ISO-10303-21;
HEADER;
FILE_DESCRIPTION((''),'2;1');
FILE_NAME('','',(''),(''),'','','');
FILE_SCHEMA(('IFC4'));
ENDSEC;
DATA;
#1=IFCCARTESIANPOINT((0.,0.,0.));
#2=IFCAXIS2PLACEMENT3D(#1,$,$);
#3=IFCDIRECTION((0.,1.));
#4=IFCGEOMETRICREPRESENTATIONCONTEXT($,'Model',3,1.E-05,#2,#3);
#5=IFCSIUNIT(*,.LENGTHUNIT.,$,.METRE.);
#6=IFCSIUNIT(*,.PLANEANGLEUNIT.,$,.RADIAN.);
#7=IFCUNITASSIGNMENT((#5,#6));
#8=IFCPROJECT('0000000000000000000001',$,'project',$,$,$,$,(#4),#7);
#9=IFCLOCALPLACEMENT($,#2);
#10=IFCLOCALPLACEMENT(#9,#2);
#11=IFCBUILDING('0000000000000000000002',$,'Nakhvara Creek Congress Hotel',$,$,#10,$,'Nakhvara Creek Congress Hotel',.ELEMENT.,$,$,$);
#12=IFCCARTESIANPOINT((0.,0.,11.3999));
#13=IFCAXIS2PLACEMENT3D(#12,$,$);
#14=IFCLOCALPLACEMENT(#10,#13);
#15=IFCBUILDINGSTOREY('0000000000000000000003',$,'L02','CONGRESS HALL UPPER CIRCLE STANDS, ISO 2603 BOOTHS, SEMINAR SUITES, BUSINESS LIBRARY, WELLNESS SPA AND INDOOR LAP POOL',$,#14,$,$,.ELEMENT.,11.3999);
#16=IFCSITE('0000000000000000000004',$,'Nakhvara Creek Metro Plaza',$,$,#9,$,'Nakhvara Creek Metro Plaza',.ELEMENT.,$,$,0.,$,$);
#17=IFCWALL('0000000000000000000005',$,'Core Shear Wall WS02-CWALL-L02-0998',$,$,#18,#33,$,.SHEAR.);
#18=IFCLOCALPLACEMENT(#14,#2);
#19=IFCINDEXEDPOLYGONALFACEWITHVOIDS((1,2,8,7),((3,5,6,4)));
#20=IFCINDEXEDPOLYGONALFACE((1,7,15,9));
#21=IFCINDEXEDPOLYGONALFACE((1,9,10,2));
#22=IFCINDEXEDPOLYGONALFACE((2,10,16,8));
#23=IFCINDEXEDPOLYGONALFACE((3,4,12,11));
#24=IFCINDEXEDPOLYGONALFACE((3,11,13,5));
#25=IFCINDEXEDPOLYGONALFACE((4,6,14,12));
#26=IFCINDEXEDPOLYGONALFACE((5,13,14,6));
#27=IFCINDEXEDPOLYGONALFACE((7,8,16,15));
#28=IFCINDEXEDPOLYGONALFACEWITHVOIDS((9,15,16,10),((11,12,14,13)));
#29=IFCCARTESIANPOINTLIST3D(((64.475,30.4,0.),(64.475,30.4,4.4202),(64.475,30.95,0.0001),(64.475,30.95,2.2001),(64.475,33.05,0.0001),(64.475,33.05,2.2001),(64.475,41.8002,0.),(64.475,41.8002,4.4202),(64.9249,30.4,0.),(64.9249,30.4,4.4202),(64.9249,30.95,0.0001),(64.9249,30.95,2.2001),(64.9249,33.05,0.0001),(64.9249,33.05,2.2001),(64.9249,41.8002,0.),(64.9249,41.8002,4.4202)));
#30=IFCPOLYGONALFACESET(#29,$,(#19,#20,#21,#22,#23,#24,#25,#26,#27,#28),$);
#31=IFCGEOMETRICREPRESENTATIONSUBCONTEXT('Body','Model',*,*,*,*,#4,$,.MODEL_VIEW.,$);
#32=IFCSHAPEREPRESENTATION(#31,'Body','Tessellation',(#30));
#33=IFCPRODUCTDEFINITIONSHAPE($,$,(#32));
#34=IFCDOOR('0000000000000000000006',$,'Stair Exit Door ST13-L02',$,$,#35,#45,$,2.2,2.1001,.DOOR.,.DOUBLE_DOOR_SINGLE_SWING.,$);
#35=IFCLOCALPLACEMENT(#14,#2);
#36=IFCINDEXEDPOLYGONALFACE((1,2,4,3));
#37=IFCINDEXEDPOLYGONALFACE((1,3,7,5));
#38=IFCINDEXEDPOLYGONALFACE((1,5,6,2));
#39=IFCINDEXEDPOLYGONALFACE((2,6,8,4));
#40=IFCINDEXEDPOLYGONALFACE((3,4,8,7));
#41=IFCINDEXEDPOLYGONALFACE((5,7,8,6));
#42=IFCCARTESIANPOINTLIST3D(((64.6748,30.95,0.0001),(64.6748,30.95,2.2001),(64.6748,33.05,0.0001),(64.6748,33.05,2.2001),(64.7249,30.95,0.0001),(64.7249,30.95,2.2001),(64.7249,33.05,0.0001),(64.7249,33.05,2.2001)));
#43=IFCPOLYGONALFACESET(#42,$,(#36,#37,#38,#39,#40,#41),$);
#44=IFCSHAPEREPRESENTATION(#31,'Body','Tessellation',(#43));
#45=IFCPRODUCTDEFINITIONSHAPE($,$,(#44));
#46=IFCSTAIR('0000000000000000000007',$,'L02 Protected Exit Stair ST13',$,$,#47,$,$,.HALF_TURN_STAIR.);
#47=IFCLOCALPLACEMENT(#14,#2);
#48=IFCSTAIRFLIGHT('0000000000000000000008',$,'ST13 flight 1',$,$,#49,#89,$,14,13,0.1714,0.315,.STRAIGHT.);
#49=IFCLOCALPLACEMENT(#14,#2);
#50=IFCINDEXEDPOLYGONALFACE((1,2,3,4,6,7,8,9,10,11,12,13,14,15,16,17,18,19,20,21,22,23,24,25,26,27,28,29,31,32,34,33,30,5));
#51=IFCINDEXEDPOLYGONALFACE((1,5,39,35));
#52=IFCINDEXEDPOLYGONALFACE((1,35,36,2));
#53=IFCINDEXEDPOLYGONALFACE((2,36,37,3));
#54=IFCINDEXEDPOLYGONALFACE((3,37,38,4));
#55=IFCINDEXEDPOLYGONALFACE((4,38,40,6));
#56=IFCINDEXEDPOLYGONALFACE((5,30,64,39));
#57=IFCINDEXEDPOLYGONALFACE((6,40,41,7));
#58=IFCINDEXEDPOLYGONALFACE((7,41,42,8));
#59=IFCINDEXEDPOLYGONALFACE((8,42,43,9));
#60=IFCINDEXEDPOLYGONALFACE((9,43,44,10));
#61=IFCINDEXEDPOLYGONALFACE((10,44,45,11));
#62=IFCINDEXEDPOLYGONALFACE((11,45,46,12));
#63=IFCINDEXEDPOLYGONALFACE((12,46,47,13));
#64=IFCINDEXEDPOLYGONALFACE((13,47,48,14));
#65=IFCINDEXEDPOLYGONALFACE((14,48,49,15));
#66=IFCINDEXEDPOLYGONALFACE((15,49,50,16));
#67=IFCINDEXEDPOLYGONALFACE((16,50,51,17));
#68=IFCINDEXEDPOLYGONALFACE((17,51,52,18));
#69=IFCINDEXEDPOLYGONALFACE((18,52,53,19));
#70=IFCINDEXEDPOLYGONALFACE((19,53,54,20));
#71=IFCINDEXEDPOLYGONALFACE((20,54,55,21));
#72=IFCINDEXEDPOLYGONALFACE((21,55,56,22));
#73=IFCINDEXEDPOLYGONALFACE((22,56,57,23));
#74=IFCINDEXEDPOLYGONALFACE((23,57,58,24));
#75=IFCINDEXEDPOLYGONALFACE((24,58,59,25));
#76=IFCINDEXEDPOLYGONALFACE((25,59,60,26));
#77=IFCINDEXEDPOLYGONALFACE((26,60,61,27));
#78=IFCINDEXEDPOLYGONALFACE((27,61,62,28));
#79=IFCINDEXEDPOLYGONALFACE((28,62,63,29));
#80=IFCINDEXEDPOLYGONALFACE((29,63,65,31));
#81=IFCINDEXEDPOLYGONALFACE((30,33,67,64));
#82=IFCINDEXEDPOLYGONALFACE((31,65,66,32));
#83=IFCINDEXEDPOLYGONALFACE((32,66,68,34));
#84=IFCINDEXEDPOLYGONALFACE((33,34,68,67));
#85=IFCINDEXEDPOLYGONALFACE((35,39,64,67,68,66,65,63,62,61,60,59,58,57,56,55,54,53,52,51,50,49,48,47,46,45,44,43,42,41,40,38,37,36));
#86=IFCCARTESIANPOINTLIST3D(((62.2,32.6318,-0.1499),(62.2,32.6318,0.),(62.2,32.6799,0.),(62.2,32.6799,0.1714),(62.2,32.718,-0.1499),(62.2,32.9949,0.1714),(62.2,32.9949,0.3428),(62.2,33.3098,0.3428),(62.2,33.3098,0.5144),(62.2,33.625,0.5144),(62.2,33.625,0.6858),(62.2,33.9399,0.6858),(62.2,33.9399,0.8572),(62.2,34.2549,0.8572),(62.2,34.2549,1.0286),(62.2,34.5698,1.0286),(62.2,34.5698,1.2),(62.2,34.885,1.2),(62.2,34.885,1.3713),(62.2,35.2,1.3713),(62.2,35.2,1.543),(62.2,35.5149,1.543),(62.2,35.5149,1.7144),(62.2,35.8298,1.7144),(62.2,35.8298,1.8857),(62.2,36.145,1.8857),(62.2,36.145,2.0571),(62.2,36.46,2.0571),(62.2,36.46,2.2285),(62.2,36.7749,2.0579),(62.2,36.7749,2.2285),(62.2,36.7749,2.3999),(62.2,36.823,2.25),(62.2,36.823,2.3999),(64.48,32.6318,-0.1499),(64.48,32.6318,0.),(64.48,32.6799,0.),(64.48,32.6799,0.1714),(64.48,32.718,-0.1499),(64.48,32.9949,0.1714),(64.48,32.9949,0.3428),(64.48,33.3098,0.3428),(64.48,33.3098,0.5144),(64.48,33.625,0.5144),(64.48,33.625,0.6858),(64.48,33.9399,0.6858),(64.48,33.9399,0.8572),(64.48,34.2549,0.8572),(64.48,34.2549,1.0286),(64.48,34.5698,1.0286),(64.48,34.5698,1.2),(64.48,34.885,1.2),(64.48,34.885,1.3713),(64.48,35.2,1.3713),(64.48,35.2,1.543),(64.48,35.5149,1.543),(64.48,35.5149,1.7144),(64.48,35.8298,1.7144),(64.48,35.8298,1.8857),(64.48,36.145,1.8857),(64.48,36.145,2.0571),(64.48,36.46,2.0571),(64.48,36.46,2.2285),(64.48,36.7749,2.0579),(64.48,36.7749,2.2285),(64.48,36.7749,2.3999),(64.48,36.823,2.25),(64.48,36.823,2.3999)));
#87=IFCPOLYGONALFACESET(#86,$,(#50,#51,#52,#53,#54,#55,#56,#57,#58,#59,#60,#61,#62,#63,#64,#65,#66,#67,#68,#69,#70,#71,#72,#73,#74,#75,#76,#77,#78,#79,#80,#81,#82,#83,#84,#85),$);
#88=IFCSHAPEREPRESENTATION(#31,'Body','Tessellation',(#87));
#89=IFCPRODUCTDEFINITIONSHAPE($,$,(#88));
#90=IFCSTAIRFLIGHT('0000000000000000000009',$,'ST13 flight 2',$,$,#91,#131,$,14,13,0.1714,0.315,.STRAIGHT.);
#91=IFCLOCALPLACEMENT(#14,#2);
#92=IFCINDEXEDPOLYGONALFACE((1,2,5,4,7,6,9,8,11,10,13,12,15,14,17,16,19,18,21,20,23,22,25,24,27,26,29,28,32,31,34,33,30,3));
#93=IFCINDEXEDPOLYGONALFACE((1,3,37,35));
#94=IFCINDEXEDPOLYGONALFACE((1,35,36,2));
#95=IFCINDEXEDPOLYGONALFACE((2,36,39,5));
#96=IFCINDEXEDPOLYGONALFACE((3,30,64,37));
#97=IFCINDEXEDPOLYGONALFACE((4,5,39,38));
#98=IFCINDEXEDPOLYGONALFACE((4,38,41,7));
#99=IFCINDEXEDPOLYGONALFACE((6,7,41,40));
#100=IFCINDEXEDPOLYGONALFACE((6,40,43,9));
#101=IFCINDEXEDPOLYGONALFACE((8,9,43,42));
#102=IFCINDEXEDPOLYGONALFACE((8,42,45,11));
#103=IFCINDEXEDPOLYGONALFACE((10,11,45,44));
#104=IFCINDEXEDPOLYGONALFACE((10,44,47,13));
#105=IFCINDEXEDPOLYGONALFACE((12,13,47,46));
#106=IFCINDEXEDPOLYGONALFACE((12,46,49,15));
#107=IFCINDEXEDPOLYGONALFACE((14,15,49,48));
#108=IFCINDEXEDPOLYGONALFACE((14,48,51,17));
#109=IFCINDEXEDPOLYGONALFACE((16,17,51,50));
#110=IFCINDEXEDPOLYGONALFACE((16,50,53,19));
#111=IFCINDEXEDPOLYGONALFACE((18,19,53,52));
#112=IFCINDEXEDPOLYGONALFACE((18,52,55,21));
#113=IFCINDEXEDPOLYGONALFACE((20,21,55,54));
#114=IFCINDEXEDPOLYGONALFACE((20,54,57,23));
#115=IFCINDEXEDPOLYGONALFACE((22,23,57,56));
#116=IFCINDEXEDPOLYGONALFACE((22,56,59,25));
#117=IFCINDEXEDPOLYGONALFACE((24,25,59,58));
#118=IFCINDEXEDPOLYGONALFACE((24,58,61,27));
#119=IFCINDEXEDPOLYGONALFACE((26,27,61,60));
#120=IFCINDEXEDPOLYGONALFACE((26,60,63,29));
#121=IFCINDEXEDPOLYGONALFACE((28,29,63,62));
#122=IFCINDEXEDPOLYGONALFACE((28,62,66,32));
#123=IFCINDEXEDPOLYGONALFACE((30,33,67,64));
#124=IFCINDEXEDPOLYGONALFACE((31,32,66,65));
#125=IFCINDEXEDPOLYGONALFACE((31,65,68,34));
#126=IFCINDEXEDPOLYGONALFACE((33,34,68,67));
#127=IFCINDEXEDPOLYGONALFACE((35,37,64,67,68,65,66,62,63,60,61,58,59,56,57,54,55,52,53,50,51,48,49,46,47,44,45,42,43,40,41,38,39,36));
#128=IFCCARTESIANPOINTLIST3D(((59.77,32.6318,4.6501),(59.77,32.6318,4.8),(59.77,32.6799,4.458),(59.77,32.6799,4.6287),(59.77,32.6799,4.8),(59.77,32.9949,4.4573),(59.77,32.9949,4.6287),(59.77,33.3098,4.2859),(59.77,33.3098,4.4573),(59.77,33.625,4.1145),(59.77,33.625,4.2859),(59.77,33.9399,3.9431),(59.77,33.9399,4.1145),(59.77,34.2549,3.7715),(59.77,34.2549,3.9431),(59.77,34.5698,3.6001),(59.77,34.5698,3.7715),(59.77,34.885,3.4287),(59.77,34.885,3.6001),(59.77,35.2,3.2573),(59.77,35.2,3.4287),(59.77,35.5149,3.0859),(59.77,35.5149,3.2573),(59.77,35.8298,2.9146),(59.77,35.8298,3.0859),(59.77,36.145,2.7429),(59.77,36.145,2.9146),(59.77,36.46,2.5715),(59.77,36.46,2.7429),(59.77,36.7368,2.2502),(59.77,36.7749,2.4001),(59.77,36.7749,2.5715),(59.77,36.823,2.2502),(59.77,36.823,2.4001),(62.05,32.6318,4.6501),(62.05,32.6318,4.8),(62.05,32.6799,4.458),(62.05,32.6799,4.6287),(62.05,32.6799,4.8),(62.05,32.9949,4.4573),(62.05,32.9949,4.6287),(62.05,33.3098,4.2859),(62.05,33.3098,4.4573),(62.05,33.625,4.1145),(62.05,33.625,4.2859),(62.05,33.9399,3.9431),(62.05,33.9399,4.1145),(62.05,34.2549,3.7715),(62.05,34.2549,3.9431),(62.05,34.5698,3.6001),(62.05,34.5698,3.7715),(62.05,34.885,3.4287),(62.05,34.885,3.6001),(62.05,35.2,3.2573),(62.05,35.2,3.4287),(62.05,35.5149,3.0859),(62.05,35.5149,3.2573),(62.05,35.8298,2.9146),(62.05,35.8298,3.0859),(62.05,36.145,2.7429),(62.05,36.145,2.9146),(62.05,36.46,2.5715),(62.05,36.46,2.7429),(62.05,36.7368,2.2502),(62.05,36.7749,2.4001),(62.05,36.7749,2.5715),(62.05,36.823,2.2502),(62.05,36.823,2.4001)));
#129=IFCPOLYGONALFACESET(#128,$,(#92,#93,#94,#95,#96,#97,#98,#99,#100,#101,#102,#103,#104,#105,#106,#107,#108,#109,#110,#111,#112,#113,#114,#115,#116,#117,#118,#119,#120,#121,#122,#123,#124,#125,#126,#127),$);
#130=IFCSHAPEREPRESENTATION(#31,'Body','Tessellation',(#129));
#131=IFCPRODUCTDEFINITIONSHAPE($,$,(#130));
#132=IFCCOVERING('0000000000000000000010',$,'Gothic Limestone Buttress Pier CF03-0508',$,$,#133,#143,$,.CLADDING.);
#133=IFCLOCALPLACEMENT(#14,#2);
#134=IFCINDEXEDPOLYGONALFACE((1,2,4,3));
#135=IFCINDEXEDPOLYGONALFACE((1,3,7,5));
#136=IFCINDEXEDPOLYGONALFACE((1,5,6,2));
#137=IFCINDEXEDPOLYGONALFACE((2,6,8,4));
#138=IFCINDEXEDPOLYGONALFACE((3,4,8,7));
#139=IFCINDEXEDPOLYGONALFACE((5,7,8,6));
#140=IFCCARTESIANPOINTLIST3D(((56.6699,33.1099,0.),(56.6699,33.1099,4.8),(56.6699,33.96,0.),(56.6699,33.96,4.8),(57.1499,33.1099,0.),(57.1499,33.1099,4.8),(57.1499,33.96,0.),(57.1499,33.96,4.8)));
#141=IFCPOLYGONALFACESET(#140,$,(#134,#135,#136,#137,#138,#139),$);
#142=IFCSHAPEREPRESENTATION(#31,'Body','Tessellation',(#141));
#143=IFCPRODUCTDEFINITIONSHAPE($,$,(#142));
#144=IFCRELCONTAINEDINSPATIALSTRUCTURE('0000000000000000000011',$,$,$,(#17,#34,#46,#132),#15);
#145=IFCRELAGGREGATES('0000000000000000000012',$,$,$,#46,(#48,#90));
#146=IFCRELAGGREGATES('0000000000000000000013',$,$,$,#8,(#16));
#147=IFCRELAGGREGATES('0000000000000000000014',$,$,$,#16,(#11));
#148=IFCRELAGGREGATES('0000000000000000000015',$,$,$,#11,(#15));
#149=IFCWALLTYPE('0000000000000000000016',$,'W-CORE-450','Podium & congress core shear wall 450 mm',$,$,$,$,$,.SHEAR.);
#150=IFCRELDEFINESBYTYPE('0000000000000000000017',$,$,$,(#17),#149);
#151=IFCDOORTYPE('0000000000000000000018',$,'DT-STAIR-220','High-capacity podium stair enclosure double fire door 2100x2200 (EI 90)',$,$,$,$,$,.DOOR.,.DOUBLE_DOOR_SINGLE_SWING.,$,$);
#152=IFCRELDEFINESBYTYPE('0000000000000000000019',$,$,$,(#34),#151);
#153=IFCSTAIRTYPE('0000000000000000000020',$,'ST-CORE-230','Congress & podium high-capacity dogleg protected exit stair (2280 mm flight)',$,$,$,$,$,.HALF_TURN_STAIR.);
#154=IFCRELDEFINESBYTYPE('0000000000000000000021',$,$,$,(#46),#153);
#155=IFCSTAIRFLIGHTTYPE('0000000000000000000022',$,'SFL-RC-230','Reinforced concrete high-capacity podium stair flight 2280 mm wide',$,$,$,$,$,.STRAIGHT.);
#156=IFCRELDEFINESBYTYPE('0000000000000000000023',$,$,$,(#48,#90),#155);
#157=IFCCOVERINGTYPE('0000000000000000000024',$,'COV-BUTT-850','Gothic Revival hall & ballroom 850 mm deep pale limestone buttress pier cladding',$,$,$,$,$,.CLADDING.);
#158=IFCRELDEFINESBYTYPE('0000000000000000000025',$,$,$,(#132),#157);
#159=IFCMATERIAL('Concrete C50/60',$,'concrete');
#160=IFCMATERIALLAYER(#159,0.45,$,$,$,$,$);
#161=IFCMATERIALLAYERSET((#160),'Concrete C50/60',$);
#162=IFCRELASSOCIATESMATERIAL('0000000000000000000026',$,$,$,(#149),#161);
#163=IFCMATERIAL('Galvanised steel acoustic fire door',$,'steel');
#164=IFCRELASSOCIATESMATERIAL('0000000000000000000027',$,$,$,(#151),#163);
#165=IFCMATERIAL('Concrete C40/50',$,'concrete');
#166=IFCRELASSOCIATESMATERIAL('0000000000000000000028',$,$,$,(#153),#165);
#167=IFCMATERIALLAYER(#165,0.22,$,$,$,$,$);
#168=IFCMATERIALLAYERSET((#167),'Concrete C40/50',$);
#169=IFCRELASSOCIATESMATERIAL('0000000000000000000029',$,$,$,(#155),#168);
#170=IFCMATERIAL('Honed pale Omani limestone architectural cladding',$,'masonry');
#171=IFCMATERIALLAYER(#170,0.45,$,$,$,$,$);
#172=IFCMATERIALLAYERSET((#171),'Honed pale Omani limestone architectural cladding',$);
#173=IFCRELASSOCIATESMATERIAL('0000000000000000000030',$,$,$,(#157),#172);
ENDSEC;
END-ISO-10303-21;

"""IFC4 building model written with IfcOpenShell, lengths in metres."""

from ifc_helpers import new_model, si_unit, direction, frame, frame_2d, origin, origin_2d, place, context, subcontext, project, spatial, polyline, rectangle, outline, extrude, material, layer, layer_set, type_object, element, fill, aggregate, save


model = new_model("IFC4")

# Units and contexts
model_context = context("Model", 3, precision=1e-05, world=origin(), true_north=direction((0.0, 1.0)))
body_context = subcontext(model_context, "Body", "Model", "MODEL_VIEW")
ifc_project = project(units=[si_unit("LENGTHUNIT", "METRE"), si_unit("PLANEANGLEUNIT", "RADIAN")], contexts=[model_context])

# Site, building, storey
site_placement = place(None, origin())
site = spatial("IfcSite", under=ifc_project, at=site_placement, Name="Nakhvara Creek Metro Plaza", LongName="Nakhvara Creek Metro Plaza", CompositionType="ELEMENT", RefElevation=0.0)
building_placement = place(site_placement, origin())
building = spatial("IfcBuilding", under=site, at=building_placement, Name="Nakhvara Creek Congress Hotel", LongName="Nakhvara Creek Congress Hotel", CompositionType="ELEMENT")
storey_placement = place(building_placement, frame((0.0, 0.0, 11.3999)))
storey = spatial("IfcBuildingStorey", under=building, at=storey_placement, Name="L02", Description="CONGRESS HALL UPPER CIRCLE STANDS, ISO 2603 BOOTHS, SEMINAR SUITES, BUSINESS LIBRARY, WELLNESS SPA AND INDOOR LAP POOL", CompositionType="ELEMENT", Elevation=11.3999)

# Shared definitions
ifc_material_1 = material(Name="Concrete C50/60", Category="concrete")

# Shared definitions
ifc_material_2 = material(Name="Concrete C40/50", Category="concrete")

# Shared definitions
ifc_layer_1 = layer(ifc_material_1, 0.45)
ifc_layer_set_1 = layer_set([ifc_layer_1], Name="Concrete C50/60")
wall_type_1 = type_object("IfcWallType", Name="W-CORE-450", Description="Podium & congress core shear wall 450 mm", PredefinedType="SHEAR", material=ifc_layer_set_1)

# Wall, opening, door
wall_1_placement = place(storey_placement, frame((64.7, 30.3999, 0.0), z_axis=(0.0, 0.0, 1.0), x_axis=(0.0, 1.0, 0.0)))
wall_1 = element("IfcWall", 1, at=wall_1_placement, inside=storey, type_object=wall_type_1, Name="Core Shear Wall WS02-CWALL-L02-0998", PredefinedType="SHEAR", context=body_context, shape_type="SweptSolid", body=[
    extrude(rectangle(XDim=11.4001, YDim=0.45, at=frame_2d((5.7002, 0.0))), origin(), (0.0, 0.0, 1.0), 4.4202),
])
opening_placement = place(wall_1_placement, frame((0.55, 0.0, 0.0)))
opening = element("IfcOpeningElement", 2, at=opening_placement, cuts=wall_1, PredefinedType="OPENING", context=body_context, shape_type="SweptSolid", body=[
    extrude(rectangle(XDim=2.1001, YDim=2.2, at=frame_2d((1.05, 1.1001))), frame((0.0, 0.2368, 0.0), z_axis=(0.0, -1.0, 0.0), x_axis=(1.0, 0.0, 0.0)), (0.0, 0.0, 1.0), 0.4739),
])
ifc_material_3 = material(Name="Galvanised steel acoustic fire door", Category="steel")
door_type = type_object("IfcDoorType", Name="DT-STAIR-220", Description="High-capacity podium stair enclosure double fire door 2100x2200 (EI 90)", OperationType="DOUBLE_DOOR_SINGLE_SWING", PredefinedType="DOOR", material=ifc_material_3)
door_placement = place(opening_placement, frame((2.1001, 0.0, 0.0), z_axis=(0.0, 0.0, 1.0), x_axis=(-1.0, 0.0, 0.0)))
door = element("IfcDoor", 3, at=door_placement, inside=storey, type_object=door_type, Name="Stair Exit Door ST13-L02", OperationType="DOUBLE_DOOR_SINGLE_SWING", OverallHeight=2.2, OverallWidth=2.1001, PredefinedType="DOOR", context=body_context, shape_type="SweptSolid", body=[
    extrude(rectangle(XDim=2.1001, YDim=2.2, at=frame_2d((1.05, 1.1001))), frame((0.0, 0.0249, 0.0), z_axis=(0.0, -1.0, 0.0), x_axis=(1.0, 0.0, 0.0)), (0.0, 0.0, 1.0), 0.05),
])
fill(opening, door)

# Stair, stair flights
stair_type = type_object("IfcStairType", Name="ST-CORE-230", Description="Congress & podium high-capacity dogleg protected exit stair (2280 mm flight)", PredefinedType="HALF_TURN_STAIR", material=ifc_material_2)
stair_placement = place(storey_placement, origin())
stair = element("IfcStair", 4, at=stair_placement, inside=storey, type_object=stair_type, Name="L02 Protected Exit Stair ST13", PredefinedType="HALF_TURN_STAIR")
ifc_layer_2 = layer(ifc_material_2, 0.22)
ifc_layer_set_2 = layer_set([ifc_layer_2], Name="Concrete C40/50")
stair_flight_type = type_object("IfcStairFlightType", Name="SFL-RC-230", Description="Reinforced concrete high-capacity podium stair flight 2280 mm wide", PredefinedType="STRAIGHT", material=ifc_layer_set_2)
stair_flight_1_placement = place(storey_placement, frame((63.3401, 32.6799, 0.0), z_axis=(0.0, 0.0, 1.0), x_axis=(0.0, 1.0, 0.0)))
stair_flight_1 = element("IfcStairFlight", 5, at=stair_flight_1_placement, type_object=stair_flight_type, Name="ST13 flight 1", NumberOfRisers=14, NumberOfTreads=13, PredefinedType="STRAIGHT", RiserHeight=0.1714, TreadLength=0.315, context=body_context, shape_type="SweptSolid", body=[
    extrude(outline(polyline([(-0.0481, 0.0), (0.0, 0.0), (0.0, 0.1714), (0.3149, 0.1714), (0.3149, 0.3428), (0.6299, 0.3428), (0.6299, 0.5144), (0.9451, 0.5144), (0.9451, 0.6858), (1.26, 0.6858), (1.26, 0.8572), (1.575, 0.8572), (1.575, 1.0286), (1.8899, 1.0286), (1.8899, 1.2), (2.2051, 1.2), (2.2051, 1.3713), (2.52, 1.3713), (2.52, 1.543), (2.835, 1.543), (2.835, 1.7144), (3.1499, 1.7144), (3.1499, 1.8857), (3.4651, 1.8857), (3.4651, 2.0571), (3.78, 2.0571), (3.78, 2.2285), (4.095, 2.2285), (4.095, 2.3999), (4.1431, 2.3999), (4.1431, 2.25), (4.095, 2.0579), (0.0381, -0.1499), (-0.0481, -0.1499), (-0.0481, 0.0)])), frame((0.0, 1.1401, 0.0), z_axis=(0.0, -1.0, 0.0), x_axis=(1.0, 0.0, 0.0)), (0.0, 0.0, 1.0), 2.28),
])
stair_flight_2_placement = place(storey_placement, frame((60.9099, 36.7749, 2.4001), z_axis=(0.0, 0.0, 1.0), x_axis=(0.0, -1.0, 0.0)))
stair_flight_2 = element("IfcStairFlight", 6, at=stair_flight_2_placement, type_object=stair_flight_type, Name="ST13 flight 2", NumberOfRisers=14, NumberOfTreads=13, PredefinedType="STRAIGHT", RiserHeight=0.1714, TreadLength=0.315, context=body_context, shape_type="SweptSolid", body=[
    extrude(outline(polyline([(-0.0481, 0.0), (0.0, 0.0), (0.0, 0.1714), (0.3149, 0.1714), (0.3149, 0.3428), (0.6299, 0.3428), (0.6299, 0.5144), (0.9451, 0.5144), (0.9451, 0.6858), (1.26, 0.6858), (1.26, 0.8572), (1.575, 0.8572), (1.575, 1.0286), (1.8899, 1.0286), (1.8899, 1.2), (2.2051, 1.2), (2.2051, 1.3713), (2.52, 1.3713), (2.52, 1.543), (2.835, 1.543), (2.835, 1.7144), (3.1499, 1.7144), (3.1499, 1.8857), (3.4651, 1.8857), (3.4651, 2.0571), (3.78, 2.0571), (3.78, 2.2285), (4.095, 2.2285), (4.095, 2.3999), (4.1431, 2.3999), (4.1431, 2.25), (4.095, 2.0579), (0.0381, -0.1499), (-0.0481, -0.1499), (-0.0481, 0.0)])), frame((0.0, 1.1401, 0.0), z_axis=(0.0, -1.0, 0.0), x_axis=(1.0, 0.0, 0.0)), (0.0, 0.0, 1.0), 2.28),
])
aggregate(stair, [stair_flight_1, stair_flight_2])

# Covering
ifc_material_4 = material(Name="Honed pale Omani limestone architectural cladding", Category="masonry")
ifc_layer_3 = layer(ifc_material_4, 0.45)
ifc_layer_set_3 = layer_set([ifc_layer_3], Name="Honed pale Omani limestone architectural cladding")
covering_type = type_object("IfcCoveringType", Name="COV-BUTT-850", Description="Gothic Revival hall & ballroom 850 mm deep pale limestone buttress pier cladding", PredefinedType="CLADDING", material=ifc_layer_set_3)
covering_placement = place(storey_placement, frame((56.9099, 33.5349, 0.0), z_axis=(0.0, 0.0, 1.0), x_axis=(1.0, 0.0, 0.0)))
element("IfcCovering", 7, at=covering_placement, inside=storey, type_object=covering_type, Name="Gothic Limestone Buttress Pier CF03-0508", PredefinedType="CLADDING", context=body_context, shape_type="SweptSolid", body=[
    extrude(rectangle(XDim=0.48, YDim=0.8501, at=origin_2d()), origin(), (0.0, 0.0, 1.0), 4.8),
])

save(model, "model.ifc")
